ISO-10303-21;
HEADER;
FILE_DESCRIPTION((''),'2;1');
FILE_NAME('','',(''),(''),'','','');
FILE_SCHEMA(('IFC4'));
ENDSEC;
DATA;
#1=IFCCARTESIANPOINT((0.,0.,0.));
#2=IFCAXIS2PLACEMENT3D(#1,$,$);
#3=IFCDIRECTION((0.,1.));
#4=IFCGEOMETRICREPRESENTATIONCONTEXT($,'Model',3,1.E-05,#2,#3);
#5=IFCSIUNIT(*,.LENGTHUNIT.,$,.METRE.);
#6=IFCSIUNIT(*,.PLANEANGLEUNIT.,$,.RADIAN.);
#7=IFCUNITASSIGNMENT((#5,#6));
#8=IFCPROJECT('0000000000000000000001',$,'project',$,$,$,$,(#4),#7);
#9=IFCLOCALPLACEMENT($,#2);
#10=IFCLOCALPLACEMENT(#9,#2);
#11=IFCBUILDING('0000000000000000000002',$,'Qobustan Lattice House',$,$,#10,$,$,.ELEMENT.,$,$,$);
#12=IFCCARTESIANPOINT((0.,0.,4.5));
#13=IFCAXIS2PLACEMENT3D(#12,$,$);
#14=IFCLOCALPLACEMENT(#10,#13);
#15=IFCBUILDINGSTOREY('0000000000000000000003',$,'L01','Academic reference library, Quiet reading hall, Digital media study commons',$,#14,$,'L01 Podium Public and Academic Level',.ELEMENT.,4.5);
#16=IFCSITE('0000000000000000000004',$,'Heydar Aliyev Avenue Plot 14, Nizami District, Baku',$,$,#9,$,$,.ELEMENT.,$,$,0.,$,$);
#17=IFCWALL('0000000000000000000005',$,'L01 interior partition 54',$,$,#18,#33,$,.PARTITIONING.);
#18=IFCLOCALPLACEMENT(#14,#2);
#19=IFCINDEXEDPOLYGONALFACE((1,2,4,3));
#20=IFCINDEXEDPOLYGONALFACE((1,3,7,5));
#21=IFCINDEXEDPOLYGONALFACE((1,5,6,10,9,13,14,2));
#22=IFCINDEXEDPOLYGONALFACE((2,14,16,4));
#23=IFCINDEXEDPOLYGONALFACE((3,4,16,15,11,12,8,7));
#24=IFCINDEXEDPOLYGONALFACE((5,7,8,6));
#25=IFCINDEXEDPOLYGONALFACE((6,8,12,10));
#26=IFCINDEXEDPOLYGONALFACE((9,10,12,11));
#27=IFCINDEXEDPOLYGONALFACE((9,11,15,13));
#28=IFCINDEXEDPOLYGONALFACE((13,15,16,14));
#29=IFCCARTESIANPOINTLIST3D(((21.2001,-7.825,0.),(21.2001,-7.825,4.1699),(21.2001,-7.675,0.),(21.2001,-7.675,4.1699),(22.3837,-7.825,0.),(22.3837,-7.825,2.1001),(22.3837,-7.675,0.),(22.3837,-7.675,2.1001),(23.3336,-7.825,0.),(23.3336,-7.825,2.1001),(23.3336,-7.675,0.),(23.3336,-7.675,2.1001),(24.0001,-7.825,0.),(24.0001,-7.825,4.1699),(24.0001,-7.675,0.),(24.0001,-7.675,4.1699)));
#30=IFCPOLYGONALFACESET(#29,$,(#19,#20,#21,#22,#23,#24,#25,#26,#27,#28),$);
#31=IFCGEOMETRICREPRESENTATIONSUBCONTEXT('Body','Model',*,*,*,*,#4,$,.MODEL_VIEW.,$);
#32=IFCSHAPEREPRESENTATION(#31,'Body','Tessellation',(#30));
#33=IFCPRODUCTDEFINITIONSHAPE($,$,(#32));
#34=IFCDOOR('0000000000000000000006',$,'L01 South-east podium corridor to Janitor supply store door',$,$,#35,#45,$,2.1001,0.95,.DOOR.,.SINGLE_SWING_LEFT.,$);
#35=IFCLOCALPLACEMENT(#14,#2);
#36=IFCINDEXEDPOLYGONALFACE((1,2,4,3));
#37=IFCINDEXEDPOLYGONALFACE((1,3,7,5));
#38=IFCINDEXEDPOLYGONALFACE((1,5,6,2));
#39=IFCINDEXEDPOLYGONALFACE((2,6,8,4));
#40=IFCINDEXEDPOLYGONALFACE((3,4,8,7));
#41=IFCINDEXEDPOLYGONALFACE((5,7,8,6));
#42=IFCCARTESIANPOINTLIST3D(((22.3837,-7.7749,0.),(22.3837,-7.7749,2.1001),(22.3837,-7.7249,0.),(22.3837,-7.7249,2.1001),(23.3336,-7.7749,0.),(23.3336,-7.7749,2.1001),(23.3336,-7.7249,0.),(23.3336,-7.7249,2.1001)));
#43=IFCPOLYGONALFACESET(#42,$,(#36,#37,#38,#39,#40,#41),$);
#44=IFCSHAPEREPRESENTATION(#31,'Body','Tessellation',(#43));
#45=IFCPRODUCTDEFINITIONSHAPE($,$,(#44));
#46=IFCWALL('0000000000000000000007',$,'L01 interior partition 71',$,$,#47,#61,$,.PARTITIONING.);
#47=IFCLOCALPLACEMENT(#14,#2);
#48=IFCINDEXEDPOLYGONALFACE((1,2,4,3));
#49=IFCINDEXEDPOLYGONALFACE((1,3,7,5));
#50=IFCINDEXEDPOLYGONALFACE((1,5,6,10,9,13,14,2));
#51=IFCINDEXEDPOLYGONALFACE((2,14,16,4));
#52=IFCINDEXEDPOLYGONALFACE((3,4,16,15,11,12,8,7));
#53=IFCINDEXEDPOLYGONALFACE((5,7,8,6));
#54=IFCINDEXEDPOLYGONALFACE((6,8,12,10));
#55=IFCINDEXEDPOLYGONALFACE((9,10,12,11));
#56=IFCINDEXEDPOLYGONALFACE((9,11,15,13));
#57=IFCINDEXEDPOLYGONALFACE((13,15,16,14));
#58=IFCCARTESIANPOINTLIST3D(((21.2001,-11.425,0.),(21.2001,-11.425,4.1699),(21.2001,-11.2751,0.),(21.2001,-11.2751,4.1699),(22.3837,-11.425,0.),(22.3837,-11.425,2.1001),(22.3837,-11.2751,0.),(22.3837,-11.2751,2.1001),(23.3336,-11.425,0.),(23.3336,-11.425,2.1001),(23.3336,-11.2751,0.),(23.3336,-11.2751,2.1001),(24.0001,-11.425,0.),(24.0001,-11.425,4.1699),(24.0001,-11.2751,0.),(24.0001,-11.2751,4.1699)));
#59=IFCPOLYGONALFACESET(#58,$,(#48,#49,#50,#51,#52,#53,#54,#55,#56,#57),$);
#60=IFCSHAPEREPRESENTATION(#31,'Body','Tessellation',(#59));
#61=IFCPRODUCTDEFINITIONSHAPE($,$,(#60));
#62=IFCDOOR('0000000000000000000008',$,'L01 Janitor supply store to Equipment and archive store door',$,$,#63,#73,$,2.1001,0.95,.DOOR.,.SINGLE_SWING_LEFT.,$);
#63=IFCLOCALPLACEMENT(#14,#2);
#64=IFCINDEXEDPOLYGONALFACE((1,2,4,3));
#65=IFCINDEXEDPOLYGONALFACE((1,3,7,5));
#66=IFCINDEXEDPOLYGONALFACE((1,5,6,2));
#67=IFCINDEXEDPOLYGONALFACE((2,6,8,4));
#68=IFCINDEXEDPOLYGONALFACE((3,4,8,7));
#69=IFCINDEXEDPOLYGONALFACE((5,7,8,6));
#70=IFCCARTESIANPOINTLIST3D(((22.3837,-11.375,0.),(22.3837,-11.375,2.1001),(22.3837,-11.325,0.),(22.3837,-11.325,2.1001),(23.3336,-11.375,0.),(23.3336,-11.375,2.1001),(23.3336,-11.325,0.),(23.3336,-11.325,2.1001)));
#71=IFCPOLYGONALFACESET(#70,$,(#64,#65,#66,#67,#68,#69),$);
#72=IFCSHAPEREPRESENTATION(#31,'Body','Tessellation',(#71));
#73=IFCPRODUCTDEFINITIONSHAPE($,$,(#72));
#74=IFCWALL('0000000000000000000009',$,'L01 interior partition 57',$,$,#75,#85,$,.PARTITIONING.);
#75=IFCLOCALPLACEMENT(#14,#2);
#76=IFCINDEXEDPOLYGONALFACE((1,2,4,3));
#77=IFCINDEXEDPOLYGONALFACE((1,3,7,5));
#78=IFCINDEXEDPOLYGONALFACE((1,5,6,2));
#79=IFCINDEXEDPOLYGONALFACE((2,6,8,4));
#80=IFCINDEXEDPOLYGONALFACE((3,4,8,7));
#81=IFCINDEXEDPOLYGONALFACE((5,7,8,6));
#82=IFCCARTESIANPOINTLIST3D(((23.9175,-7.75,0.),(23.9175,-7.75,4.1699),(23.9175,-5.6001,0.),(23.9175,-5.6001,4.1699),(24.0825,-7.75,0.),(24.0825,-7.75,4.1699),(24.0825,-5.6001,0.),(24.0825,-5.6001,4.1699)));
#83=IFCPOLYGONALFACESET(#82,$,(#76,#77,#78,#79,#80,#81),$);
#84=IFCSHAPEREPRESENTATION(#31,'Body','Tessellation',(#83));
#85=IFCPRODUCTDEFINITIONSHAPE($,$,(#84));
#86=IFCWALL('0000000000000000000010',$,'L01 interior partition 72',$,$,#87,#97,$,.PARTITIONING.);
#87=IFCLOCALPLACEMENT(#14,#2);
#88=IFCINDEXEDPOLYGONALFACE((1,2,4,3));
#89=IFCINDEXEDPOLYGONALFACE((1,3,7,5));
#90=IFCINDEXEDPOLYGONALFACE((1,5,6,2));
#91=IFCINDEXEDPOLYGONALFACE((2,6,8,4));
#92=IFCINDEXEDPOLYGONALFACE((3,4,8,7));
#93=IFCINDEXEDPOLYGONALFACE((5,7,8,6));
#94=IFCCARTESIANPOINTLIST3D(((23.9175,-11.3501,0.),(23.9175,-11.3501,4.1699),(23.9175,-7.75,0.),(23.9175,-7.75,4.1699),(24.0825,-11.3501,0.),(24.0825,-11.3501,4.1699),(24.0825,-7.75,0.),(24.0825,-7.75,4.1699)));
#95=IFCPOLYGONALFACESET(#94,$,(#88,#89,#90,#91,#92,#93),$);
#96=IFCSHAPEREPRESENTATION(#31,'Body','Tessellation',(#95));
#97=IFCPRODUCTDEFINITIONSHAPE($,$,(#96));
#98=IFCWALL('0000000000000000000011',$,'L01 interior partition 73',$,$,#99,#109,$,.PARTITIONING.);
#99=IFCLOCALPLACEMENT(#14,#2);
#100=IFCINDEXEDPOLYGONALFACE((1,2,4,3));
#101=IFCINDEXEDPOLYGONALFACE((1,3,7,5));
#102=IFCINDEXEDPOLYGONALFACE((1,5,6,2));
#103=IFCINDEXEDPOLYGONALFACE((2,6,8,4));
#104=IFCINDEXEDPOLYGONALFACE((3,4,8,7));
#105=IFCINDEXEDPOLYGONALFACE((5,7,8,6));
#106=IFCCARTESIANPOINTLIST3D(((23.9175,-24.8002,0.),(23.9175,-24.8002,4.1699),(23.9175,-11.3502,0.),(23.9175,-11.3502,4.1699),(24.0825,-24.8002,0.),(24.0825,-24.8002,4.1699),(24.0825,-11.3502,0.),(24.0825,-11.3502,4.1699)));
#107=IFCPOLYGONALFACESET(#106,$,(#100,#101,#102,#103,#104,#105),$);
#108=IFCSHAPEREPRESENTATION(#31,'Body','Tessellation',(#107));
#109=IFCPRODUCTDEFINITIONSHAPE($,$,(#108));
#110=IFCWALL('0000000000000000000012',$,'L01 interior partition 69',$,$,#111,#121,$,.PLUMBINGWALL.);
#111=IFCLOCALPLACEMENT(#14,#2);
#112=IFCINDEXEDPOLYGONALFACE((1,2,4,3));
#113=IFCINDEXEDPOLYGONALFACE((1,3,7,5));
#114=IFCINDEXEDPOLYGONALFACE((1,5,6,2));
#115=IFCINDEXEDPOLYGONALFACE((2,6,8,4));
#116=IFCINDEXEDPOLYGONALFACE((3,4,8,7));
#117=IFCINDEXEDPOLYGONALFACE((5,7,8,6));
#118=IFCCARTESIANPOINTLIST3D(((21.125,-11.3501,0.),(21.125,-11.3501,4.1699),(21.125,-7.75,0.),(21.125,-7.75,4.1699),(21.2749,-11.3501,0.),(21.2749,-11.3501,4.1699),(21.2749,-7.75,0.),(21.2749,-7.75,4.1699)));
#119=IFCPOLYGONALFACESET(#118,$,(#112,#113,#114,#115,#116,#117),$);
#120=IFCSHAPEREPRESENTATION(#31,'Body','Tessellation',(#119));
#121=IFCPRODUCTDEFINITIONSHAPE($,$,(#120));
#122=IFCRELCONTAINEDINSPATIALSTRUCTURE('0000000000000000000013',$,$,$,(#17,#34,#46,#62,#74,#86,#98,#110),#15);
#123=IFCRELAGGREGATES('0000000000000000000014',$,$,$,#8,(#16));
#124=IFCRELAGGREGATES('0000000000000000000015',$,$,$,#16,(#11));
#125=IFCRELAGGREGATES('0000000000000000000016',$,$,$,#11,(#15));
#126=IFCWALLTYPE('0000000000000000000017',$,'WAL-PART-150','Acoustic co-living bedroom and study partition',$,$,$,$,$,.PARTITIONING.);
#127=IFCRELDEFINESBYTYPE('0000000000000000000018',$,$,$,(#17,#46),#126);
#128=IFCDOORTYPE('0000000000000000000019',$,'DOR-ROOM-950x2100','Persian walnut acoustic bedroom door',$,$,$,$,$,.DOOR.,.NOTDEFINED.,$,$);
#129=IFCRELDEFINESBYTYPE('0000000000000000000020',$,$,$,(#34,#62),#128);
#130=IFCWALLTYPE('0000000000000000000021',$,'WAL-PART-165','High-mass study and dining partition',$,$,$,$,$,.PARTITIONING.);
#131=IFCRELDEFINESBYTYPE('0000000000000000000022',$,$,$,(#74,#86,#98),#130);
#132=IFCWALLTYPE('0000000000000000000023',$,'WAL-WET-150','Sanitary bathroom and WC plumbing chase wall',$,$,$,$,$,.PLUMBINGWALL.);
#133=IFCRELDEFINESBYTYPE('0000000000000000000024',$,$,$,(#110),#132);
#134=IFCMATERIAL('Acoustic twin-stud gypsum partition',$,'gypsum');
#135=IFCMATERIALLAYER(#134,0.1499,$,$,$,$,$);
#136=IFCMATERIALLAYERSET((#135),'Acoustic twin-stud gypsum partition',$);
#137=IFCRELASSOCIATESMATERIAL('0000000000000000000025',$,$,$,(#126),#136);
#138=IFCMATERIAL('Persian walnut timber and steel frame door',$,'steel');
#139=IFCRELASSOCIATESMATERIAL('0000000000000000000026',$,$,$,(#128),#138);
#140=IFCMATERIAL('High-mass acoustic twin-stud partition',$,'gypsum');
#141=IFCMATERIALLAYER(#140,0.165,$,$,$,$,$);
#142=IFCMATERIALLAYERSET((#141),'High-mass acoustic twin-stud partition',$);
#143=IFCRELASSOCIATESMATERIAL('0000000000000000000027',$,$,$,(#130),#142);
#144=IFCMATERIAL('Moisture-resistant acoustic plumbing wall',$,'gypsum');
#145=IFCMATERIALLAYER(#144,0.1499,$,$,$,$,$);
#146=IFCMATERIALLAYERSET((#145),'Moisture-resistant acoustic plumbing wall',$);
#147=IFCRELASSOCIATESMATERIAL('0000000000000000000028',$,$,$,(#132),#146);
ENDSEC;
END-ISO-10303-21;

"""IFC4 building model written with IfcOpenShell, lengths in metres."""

from ifc_helpers import new_model, si_unit, direction, frame, frame_2d, origin, place, context, subcontext, project, spatial, rectangle, extrude, material, layer, layer_set, type_object, element, fill, save


model = new_model("IFC4")

# Units and contexts
model_context = context("Model", 3, precision=1e-05, world=origin(), true_north=direction((0.0, 1.0)))
body_context = subcontext(model_context, "Body", "Model", "MODEL_VIEW")
ifc_project = project(units=[si_unit("LENGTHUNIT", "METRE"), si_unit("PLANEANGLEUNIT", "RADIAN")], contexts=[model_context])

# Site, building, storey
site_placement = place(None, origin())
site = spatial("IfcSite", under=ifc_project, at=site_placement, Name="Heydar Aliyev Avenue Plot 14, Nizami District, Baku", CompositionType="ELEMENT", RefElevation=0.0)
building_placement = place(site_placement, origin())
building = spatial("IfcBuilding", under=site, at=building_placement, Name="Qobustan Lattice House", CompositionType="ELEMENT")
storey_placement = place(building_placement, frame((0.0, 0.0, 4.5)))
storey = spatial("IfcBuildingStorey", under=building, at=storey_placement, Name="L01", Description="Academic reference library, Quiet reading hall, Digital media study commons", LongName="L01 Podium Public and Academic Level", CompositionType="ELEMENT", Elevation=4.5)

# Walls, openings, doors
ifc_material_1 = material(Name="Acoustic twin-stud gypsum partition", Category="gypsum")
ifc_layer_1 = layer(ifc_material_1, 0.1499)
ifc_layer_set_1 = layer_set([ifc_layer_1], Name="Acoustic twin-stud gypsum partition")
wall_type_1 = type_object("IfcWallType", Name="WAL-PART-150", Description="Acoustic co-living bedroom and study partition", PredefinedType="PARTITIONING", material=ifc_layer_set_1)
wall_1_placement = place(storey_placement, frame((24.0, -7.75, 0.0), z_axis=(0.0, 0.0, 1.0), x_axis=(-1.0, 0.0, 0.0)))
wall_1 = element("IfcWall", 1, at=wall_1_placement, inside=storey, type_object=wall_type_1, Name="L01 interior partition 54", PredefinedType="PARTITIONING", context=body_context, shape_type="SweptSolid", body=[
    extrude(rectangle(XDim=2.8, YDim=0.1499, at=frame_2d((1.3999, 0.0))), origin(), (0.0, 0.0, 1.0), 4.1699),
])
opening_1_placement = place(wall_1_placement, frame((0.6663, 0.0, 0.0)))
opening_1 = element("IfcOpeningElement", 2, at=opening_1_placement, cuts=wall_1, PredefinedType="OPENING", context=body_context, shape_type="SweptSolid", body=[
    extrude(rectangle(XDim=0.95, YDim=2.1001, at=frame_2d((0.4751, 1.05))), frame((0.0, 0.085, 0.0), z_axis=(0.0, -1.0, 0.0), x_axis=(1.0, 0.0, 0.0)), (0.0, 0.0, 1.0), 0.1699),
])
ifc_material_2 = material(Name="Persian walnut timber and steel frame door", Category="steel")
door_type = type_object("IfcDoorType", Name="DOR-ROOM-950x2100", Description="Persian walnut acoustic bedroom door", OperationType="NOTDEFINED", PredefinedType="DOOR", material=ifc_material_2)
door_1_placement = place(opening_1_placement, origin())
door_1 = element("IfcDoor", 3, at=door_1_placement, inside=storey, type_object=door_type, Name="L01 South-east podium corridor to Janitor supply store door", OperationType="SINGLE_SWING_LEFT", OverallHeight=2.1001, OverallWidth=0.95, PredefinedType="DOOR", context=body_context, shape_type="SweptSolid", body=[
    extrude(rectangle(XDim=0.95, YDim=2.1001, at=frame_2d((0.4751, 1.05))), frame((0.0, 0.0249, 0.0), z_axis=(0.0, -1.0, 0.0), x_axis=(1.0, 0.0, 0.0)), (0.0, 0.0, 1.0), 0.05),
])
fill(opening_1, door_1)
wall_2_placement = place(storey_placement, frame((24.0, -11.3501, 0.0), z_axis=(0.0, 0.0, 1.0), x_axis=(-1.0, 0.0, 0.0)))
wall_2 = element("IfcWall", 4, at=wall_2_placement, inside=storey, type_object=wall_type_1, Name="L01 interior partition 71", PredefinedType="PARTITIONING", context=body_context, shape_type="SweptSolid", body=[
    extrude(rectangle(XDim=2.8, YDim=0.1499, at=frame_2d((1.3999, 0.0))), origin(), (0.0, 0.0, 1.0), 4.1699),
])
opening_2_placement = place(wall_2_placement, frame((0.6663, 0.0, 0.0)))
opening_2 = element("IfcOpeningElement", 5, at=opening_2_placement, cuts=wall_2, PredefinedType="OPENING", context=body_context, shape_type="SweptSolid", body=[
    extrude(rectangle(XDim=0.95, YDim=2.1001, at=frame_2d((0.4751, 1.05))), frame((0.0, 0.085, 0.0), z_axis=(0.0, -1.0, 0.0), x_axis=(1.0, 0.0, 0.0)), (0.0, 0.0, 1.0), 0.1699),
])
door_2_placement = place(opening_2_placement, origin())
door_2 = element("IfcDoor", 6, at=door_2_placement, inside=storey, type_object=door_type, Name="L01 Janitor supply store to Equipment and archive store door", OperationType="SINGLE_SWING_LEFT", OverallHeight=2.1001, OverallWidth=0.95, PredefinedType="DOOR", context=body_context, shape_type="SweptSolid", body=[
    extrude(rectangle(XDim=0.95, YDim=2.1001, at=frame_2d((0.4751, 1.05))), frame((0.0, 0.0249, 0.0), z_axis=(0.0, -1.0, 0.0), x_axis=(1.0, 0.0, 0.0)), (0.0, 0.0, 1.0), 0.05),
])
fill(opening_2, door_2)

# Walls
ifc_material_3 = material(Name="High-mass acoustic twin-stud partition", Category="gypsum")
ifc_layer_2 = layer(ifc_material_3, 0.165)
ifc_layer_set_2 = layer_set([ifc_layer_2], Name="High-mass acoustic twin-stud partition")
wall_type_2 = type_object("IfcWallType", Name="WAL-PART-165", Description="High-mass study and dining partition", PredefinedType="PARTITIONING", material=ifc_layer_set_2)
wall_3_placement = place(storey_placement, frame((24.0, -5.6001, 0.0), z_axis=(0.0, 0.0, 1.0), x_axis=(0.0, -1.0, 0.0)))
element("IfcWall", 7, at=wall_3_placement, inside=storey, type_object=wall_type_2, Name="L01 interior partition 57", PredefinedType="PARTITIONING", context=body_context, shape_type="SweptSolid", body=[
    extrude(rectangle(XDim=2.1499, YDim=0.165, at=frame_2d((1.075, 0.0))), origin(), (0.0, 0.0, 1.0), 4.1699),
])
wall_4_placement = place(storey_placement, frame((24.0, -7.75, 0.0), z_axis=(0.0, 0.0, 1.0), x_axis=(0.0, -1.0, 0.0)))
element("IfcWall", 8, at=wall_4_placement, inside=storey, type_object=wall_type_2, Name="L01 interior partition 72", PredefinedType="PARTITIONING", context=body_context, shape_type="SweptSolid", body=[
    extrude(rectangle(XDim=3.6001, YDim=0.165, at=frame_2d((1.8, 0.0))), origin(), (0.0, 0.0, 1.0), 4.1699),
])
wall_5_placement = place(storey_placement, frame((24.0, -11.3501, 0.0), z_axis=(0.0, 0.0, 1.0), x_axis=(0.0, -1.0, 0.0)))
element("IfcWall", 9, at=wall_5_placement, inside=storey, type_object=wall_type_2, Name="L01 interior partition 73", PredefinedType="PARTITIONING", context=body_context, shape_type="SweptSolid", body=[
    extrude(rectangle(XDim=13.45, YDim=0.165, at=frame_2d((6.7251, 0.0))), origin(), (0.0, 0.0, 1.0), 4.1699),
])
ifc_material_4 = material(Name="Moisture-resistant acoustic plumbing wall", Category="gypsum")
ifc_layer_3 = layer(ifc_material_4, 0.1499)
ifc_layer_set_3 = layer_set([ifc_layer_3], Name="Moisture-resistant acoustic plumbing wall")
wall_type_3 = type_object("IfcWallType", Name="WAL-WET-150", Description="Sanitary bathroom and WC plumbing chase wall", PredefinedType="PLUMBINGWALL", material=ifc_layer_set_3)
wall_6_placement = place(storey_placement, frame((21.2, -7.75, 0.0), z_axis=(0.0, 0.0, 1.0), x_axis=(0.0, -1.0, 0.0)))
element("IfcWall", 10, at=wall_6_placement, inside=storey, type_object=wall_type_3, Name="L01 interior partition 69", PredefinedType="PLUMBINGWALL", context=body_context, shape_type="SweptSolid", body=[
    extrude(rectangle(XDim=3.6001, YDim=0.1499, at=frame_2d((1.8, 0.0))), origin(), (0.0, 0.0, 1.0), 4.1699),
])

save(model, "model.ifc")
